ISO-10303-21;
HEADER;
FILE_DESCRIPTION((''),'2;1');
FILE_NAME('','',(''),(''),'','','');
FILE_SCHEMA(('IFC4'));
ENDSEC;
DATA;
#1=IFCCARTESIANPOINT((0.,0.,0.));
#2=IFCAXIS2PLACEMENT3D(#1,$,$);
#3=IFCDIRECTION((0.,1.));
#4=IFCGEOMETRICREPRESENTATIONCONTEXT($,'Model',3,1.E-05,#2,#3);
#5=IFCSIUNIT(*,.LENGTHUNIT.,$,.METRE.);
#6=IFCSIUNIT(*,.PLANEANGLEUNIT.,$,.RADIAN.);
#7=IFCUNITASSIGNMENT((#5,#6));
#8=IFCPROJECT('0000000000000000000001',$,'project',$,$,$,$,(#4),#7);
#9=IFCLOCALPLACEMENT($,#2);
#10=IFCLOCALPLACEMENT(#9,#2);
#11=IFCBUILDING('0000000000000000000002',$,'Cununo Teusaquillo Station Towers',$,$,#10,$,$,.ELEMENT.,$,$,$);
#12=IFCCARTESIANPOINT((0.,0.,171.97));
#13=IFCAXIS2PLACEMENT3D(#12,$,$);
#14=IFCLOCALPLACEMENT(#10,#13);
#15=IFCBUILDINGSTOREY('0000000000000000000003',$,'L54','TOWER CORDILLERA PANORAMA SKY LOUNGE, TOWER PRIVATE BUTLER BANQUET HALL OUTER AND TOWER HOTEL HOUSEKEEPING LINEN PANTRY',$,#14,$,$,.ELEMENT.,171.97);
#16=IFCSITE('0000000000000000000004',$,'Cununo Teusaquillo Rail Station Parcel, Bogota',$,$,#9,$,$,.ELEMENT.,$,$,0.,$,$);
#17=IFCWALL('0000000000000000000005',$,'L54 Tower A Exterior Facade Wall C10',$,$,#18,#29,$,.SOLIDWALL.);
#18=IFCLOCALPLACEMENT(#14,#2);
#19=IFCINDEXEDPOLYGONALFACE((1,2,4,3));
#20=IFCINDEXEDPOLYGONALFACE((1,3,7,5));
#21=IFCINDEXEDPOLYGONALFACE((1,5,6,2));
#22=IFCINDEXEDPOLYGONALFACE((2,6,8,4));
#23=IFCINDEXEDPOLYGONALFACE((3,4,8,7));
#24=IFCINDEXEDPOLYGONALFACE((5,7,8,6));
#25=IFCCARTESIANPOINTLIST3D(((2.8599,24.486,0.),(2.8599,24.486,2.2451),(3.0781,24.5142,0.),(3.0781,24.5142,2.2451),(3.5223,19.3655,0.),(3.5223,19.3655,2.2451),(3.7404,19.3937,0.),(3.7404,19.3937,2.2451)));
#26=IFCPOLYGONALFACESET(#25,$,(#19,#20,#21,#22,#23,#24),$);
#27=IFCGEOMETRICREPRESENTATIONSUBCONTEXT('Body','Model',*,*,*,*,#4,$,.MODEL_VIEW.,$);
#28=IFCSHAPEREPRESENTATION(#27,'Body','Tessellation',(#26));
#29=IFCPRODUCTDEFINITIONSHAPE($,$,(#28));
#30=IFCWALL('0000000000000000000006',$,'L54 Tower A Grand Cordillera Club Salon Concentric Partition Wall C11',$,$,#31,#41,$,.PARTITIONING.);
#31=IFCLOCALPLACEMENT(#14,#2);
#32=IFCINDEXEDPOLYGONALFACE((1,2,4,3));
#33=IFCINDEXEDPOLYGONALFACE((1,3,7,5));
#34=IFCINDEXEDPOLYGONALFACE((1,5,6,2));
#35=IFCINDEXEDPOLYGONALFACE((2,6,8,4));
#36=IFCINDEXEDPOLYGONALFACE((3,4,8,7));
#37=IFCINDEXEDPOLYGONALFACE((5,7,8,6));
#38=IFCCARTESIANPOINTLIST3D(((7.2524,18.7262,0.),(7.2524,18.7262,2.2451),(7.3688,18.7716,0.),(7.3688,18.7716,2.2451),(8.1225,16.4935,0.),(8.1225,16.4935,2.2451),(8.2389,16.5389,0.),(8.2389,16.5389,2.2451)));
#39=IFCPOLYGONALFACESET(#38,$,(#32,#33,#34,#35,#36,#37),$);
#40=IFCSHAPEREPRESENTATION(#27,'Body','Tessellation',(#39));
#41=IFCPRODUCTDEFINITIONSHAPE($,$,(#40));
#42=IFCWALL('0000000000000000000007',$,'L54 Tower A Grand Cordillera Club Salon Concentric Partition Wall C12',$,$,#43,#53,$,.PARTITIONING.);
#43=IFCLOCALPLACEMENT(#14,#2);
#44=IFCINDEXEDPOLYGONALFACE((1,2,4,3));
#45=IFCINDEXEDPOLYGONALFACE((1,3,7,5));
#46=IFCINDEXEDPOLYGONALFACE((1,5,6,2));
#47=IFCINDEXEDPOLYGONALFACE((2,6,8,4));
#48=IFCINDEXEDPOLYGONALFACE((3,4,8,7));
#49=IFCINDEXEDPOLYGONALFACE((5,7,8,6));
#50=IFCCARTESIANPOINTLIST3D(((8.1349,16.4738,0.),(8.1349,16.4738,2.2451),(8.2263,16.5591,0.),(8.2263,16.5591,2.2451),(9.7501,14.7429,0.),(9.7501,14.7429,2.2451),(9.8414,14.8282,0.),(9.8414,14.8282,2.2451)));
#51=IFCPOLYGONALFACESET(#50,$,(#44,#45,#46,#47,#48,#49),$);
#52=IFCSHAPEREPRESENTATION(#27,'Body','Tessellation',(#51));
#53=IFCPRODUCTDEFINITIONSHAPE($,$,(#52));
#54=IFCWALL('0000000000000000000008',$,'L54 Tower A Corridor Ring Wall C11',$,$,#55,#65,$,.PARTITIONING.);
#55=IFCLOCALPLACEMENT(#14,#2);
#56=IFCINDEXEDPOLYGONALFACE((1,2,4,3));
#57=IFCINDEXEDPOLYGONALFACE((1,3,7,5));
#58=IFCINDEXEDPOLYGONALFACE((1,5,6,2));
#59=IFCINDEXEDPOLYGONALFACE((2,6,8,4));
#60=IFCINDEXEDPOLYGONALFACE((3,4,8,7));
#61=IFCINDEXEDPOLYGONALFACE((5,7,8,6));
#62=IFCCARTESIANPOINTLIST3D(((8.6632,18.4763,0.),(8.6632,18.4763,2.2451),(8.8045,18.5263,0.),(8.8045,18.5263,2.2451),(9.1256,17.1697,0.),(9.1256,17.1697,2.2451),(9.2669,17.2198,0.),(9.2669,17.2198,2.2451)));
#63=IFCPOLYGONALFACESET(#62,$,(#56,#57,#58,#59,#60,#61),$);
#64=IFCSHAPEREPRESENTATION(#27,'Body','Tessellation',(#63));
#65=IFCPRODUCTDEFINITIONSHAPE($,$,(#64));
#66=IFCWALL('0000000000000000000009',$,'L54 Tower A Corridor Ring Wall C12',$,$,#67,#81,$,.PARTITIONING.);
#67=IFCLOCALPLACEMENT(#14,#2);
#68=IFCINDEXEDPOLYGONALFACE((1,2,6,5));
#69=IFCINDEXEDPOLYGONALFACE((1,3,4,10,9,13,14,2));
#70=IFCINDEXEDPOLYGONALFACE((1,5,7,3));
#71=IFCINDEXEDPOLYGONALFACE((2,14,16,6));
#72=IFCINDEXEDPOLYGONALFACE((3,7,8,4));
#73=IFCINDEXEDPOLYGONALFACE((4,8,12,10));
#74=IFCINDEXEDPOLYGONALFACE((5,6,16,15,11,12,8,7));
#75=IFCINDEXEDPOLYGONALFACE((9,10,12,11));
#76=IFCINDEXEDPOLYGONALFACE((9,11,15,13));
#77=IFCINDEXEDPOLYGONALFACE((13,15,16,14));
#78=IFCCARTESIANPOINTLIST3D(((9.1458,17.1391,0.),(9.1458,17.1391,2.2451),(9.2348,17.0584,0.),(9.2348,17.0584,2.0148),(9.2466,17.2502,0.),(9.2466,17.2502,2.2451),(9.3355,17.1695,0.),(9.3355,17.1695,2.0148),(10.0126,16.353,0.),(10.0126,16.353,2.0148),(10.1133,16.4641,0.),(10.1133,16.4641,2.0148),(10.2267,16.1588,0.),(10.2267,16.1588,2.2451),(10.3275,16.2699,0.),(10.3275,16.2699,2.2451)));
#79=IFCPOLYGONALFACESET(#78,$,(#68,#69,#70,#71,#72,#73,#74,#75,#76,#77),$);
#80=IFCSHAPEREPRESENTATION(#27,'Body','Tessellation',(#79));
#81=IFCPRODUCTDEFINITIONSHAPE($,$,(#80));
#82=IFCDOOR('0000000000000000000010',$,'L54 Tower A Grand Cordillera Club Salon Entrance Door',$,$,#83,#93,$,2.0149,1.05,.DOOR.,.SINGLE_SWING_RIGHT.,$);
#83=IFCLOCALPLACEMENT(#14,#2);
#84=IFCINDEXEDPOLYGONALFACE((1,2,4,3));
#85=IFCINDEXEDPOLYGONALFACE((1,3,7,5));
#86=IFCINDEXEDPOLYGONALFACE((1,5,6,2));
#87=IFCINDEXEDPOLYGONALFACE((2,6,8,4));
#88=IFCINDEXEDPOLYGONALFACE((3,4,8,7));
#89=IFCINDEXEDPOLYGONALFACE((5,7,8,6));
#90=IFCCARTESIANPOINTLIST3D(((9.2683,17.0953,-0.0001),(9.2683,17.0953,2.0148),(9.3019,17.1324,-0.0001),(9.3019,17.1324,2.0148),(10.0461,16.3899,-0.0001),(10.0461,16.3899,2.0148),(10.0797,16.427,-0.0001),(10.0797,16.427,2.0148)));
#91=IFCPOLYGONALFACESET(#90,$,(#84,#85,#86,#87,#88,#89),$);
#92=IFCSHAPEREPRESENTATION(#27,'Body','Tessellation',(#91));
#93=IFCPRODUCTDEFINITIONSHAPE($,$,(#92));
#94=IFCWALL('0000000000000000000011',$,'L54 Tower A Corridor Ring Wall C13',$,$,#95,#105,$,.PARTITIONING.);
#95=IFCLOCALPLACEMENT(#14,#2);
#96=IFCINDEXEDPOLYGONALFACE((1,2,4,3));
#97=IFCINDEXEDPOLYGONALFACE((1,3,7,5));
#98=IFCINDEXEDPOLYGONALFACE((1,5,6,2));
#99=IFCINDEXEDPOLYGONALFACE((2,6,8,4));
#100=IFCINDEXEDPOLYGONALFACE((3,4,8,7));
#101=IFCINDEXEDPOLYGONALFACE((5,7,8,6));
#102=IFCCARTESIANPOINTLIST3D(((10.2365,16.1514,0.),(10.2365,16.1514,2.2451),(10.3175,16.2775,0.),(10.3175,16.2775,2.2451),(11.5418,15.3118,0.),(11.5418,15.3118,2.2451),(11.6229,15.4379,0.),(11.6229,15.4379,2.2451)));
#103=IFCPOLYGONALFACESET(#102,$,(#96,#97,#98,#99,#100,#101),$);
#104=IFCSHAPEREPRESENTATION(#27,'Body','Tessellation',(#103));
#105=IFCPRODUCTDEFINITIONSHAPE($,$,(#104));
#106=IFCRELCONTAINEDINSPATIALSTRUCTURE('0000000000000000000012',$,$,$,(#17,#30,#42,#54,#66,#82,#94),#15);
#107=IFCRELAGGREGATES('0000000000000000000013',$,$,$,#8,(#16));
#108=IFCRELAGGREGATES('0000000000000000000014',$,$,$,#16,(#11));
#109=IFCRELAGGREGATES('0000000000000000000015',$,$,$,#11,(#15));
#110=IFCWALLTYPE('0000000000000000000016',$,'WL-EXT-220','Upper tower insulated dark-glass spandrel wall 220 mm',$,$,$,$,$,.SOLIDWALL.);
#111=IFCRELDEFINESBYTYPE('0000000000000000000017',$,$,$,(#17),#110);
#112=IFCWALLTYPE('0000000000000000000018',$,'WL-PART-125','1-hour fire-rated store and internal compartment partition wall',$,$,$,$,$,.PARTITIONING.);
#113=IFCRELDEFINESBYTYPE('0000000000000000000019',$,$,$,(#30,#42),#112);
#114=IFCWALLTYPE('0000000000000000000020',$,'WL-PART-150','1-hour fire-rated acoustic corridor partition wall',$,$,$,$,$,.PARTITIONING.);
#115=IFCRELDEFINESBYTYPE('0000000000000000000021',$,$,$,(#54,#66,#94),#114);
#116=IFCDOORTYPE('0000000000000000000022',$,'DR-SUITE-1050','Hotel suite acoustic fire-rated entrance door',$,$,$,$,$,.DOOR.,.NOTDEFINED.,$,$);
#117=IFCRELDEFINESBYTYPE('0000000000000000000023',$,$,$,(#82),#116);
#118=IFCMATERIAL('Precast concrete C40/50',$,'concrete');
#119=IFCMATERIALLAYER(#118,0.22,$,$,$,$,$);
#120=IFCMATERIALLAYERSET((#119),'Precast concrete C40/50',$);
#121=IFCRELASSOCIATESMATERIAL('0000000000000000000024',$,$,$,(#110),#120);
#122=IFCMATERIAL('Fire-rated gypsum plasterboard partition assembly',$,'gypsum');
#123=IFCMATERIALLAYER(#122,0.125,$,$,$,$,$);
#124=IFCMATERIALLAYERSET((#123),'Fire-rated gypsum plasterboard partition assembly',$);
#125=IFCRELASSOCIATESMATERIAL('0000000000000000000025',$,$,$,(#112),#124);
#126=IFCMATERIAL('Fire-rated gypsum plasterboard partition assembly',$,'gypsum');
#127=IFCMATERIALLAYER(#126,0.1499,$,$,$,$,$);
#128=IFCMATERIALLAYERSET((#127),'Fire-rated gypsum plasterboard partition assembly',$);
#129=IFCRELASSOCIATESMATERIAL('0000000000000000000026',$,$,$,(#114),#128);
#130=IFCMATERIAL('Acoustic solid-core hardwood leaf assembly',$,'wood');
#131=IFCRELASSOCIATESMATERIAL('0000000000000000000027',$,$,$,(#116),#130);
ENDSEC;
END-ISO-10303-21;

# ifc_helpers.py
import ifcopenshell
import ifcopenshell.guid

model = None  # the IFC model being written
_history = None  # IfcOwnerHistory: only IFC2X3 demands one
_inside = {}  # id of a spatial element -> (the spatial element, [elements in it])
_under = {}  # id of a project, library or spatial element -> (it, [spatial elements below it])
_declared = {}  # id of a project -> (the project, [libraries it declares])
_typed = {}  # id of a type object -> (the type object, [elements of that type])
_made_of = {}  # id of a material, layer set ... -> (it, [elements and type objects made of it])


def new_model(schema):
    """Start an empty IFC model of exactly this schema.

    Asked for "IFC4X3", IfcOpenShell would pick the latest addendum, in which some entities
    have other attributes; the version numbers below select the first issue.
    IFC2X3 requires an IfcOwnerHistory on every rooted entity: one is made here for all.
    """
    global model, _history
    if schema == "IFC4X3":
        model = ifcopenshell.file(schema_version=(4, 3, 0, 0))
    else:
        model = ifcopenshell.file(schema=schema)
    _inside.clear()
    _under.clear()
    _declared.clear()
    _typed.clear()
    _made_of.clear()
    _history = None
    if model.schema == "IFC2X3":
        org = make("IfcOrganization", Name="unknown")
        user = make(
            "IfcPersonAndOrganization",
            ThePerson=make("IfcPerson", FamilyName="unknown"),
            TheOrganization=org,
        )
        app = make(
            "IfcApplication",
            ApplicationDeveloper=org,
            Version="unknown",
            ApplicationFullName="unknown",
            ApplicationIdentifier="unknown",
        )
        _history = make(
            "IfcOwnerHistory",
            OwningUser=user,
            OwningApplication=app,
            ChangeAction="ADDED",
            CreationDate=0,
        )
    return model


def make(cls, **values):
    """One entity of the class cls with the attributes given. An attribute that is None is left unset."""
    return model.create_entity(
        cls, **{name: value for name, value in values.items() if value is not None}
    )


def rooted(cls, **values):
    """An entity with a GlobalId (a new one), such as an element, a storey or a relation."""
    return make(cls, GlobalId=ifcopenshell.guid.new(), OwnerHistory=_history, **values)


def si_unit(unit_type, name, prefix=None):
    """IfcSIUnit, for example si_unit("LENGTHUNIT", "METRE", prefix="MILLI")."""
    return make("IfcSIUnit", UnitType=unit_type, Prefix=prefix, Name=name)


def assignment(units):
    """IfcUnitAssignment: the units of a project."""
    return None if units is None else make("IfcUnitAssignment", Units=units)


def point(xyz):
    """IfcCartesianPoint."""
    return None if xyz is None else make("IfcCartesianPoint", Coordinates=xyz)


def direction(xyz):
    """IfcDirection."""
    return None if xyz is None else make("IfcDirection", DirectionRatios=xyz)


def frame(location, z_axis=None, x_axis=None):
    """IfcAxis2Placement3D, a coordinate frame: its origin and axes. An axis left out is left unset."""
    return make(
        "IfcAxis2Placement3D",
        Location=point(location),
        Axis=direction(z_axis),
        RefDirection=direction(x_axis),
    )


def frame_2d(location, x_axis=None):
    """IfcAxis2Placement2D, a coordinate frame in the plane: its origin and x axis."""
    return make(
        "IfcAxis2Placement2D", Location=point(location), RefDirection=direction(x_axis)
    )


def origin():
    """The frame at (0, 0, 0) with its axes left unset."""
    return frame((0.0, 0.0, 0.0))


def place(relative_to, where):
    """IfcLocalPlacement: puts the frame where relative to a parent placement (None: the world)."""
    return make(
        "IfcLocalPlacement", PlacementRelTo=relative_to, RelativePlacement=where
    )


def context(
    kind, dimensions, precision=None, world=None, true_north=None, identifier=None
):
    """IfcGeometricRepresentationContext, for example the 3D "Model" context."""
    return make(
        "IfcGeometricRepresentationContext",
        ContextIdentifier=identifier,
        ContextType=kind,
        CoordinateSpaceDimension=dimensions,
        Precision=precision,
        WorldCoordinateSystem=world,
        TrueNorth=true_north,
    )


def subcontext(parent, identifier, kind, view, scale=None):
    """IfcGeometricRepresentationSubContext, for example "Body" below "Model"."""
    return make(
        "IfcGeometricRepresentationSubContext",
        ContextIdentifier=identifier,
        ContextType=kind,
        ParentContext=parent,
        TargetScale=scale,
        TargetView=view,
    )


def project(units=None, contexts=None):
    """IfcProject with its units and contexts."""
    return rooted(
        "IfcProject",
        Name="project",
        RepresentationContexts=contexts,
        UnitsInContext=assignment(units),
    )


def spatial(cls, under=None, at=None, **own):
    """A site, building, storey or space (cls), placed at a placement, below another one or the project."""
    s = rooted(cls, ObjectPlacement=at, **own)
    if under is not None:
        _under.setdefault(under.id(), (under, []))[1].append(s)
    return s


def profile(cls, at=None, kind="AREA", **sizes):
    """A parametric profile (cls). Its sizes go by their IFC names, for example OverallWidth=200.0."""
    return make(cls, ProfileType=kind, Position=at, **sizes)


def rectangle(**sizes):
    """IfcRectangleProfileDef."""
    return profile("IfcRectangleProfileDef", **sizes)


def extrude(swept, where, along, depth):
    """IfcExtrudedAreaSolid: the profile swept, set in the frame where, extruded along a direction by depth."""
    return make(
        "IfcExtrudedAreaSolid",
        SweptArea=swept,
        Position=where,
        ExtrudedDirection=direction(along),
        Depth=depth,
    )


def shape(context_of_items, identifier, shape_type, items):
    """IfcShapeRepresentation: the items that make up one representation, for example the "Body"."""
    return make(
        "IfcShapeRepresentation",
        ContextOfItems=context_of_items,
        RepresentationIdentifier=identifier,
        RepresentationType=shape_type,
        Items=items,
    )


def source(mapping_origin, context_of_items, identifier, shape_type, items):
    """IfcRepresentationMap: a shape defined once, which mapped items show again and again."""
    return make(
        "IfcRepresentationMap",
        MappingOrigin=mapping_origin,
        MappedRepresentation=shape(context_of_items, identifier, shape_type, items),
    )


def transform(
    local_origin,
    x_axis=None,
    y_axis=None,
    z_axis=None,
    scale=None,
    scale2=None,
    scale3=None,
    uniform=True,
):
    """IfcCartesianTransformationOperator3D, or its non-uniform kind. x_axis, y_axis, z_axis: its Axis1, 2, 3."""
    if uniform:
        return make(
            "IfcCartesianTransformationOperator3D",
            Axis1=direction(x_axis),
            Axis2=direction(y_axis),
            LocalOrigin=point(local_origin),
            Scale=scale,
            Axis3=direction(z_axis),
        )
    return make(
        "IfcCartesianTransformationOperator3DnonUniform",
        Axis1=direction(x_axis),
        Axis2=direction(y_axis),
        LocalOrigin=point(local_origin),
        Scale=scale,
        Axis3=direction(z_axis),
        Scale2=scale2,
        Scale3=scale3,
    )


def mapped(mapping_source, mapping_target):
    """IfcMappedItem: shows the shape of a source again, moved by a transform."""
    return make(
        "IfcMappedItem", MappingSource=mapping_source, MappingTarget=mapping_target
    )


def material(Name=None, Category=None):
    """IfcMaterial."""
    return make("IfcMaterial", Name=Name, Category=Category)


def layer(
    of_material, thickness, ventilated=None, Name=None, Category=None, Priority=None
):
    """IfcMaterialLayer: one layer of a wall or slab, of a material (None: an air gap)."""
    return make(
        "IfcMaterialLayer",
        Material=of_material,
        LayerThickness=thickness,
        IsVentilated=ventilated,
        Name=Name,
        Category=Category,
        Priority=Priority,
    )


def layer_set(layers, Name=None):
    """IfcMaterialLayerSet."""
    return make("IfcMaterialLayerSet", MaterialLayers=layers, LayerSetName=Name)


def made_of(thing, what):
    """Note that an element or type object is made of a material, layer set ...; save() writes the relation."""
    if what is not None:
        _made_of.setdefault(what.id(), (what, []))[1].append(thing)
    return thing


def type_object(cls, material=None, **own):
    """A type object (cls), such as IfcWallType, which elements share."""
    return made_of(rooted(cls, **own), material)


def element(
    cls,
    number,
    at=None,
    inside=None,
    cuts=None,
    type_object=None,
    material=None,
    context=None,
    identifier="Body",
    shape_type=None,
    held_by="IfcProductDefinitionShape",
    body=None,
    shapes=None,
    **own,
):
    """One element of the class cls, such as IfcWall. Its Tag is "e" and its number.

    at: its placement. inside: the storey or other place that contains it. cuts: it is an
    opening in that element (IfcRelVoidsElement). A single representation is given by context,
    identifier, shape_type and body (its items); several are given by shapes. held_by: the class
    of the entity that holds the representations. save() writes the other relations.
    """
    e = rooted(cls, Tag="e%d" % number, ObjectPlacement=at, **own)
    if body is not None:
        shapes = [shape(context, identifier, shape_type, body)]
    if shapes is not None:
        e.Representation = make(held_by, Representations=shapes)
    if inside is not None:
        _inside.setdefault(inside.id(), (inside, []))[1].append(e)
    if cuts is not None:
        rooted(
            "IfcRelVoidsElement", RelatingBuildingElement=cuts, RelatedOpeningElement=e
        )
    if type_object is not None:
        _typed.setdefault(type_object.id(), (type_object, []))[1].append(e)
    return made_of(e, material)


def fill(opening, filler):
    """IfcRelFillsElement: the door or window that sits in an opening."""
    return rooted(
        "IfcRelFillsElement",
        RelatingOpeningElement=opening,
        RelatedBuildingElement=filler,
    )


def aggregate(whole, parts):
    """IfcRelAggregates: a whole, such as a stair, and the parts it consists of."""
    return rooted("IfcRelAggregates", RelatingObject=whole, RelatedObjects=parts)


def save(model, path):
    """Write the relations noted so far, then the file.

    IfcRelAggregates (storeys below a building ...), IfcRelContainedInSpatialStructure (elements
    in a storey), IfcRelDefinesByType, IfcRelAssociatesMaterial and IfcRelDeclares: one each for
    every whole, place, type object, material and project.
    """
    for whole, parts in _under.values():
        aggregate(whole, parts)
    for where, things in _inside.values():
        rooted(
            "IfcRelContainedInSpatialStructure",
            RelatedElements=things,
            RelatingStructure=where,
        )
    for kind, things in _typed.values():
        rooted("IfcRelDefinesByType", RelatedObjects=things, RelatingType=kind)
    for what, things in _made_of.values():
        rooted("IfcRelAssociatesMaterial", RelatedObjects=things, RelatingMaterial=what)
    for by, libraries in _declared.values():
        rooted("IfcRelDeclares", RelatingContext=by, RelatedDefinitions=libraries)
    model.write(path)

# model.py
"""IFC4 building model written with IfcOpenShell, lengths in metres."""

from ifc_helpers import new_model, si_unit, direction, frame, frame_2d, origin, place, context, subcontext, project, spatial, rectangle, extrude, source, transform, mapped, material, layer, layer_set, type_object, element, fill, save


model = new_model("IFC4")

# Units and contexts
model_context = context("Model", 3, precision=1e-05, world=origin(), true_north=direction((0.0, 1.0)))
body_context = subcontext(model_context, "Body", "Model", "MODEL_VIEW")
ifc_project = project(units=[si_unit("LENGTHUNIT", "METRE"), si_unit("PLANEANGLEUNIT", "RADIAN")], contexts=[model_context])

# Site, building, storey
site_placement = place(None, origin())
site = spatial("IfcSite", under=ifc_project, at=site_placement, Name="Cununo Teusaquillo Rail Station Parcel, Bogota", CompositionType="ELEMENT", RefElevation=0.0)
building_placement = place(site_placement, origin())
building = spatial("IfcBuilding", under=site, at=building_placement, Name="Cununo Teusaquillo Station Towers", CompositionType="ELEMENT")
storey_placement = place(building_placement, frame((0.0, 0.0, 171.97)))
storey = spatial("IfcBuildingStorey", under=building, at=storey_placement, Name="L54", Description="TOWER CORDILLERA PANORAMA SKY LOUNGE, TOWER PRIVATE BUTLER BANQUET HALL OUTER AND TOWER HOTEL HOUSEKEEPING LINEN PANTRY", CompositionType="ELEMENT", Elevation=171.97)

# Walls
ifc_material_1 = material(Name="Precast concrete C40/50", Category="concrete")
ifc_layer_1 = layer(ifc_material_1, 0.22)
ifc_layer_set_1 = layer_set([ifc_layer_1], Name="Precast concrete C40/50")
wall_type_1 = type_object("IfcWallType", Name="WL-EXT-220", Description="Upper tower insulated dark-glass spandrel wall 220 mm", PredefinedType="SOLIDWALL", material=ifc_layer_set_1)
wall_1_placement = place(storey_placement, frame((3.6313, 19.3796, 0.0), z_axis=(0.0, 0.0, 1.0), x_axis=(-0.128288, 0.991737, 0.0)))
element("IfcWall", 1, at=wall_1_placement, inside=storey, type_object=wall_type_1, Name="L54 Tower A Exterior Facade Wall C10", PredefinedType="SOLIDWALL", context=body_context, shape_type="SweptSolid", body=[
    extrude(rectangle(XDim=5.1631, YDim=0.22, at=frame_2d((2.5815, 0.0))), origin(), (0.0, 0.0, 1.0), 2.2451),
])
ifc_material_2 = material(Name="Fire-rated gypsum plasterboard partition assembly", Category="gypsum")
ifc_layer_2 = layer(ifc_material_2, 0.125)
ifc_layer_set_2 = layer_set([ifc_layer_2], Name="Fire-rated gypsum plasterboard partition assembly")
wall_type_2 = type_object("IfcWallType", Name="WL-PART-125", Description="1-hour fire-rated store and internal compartment partition wall", PredefinedType="PARTITIONING", material=ifc_layer_set_2)
wall_2_placement = place(storey_placement, frame((7.3105, 18.749, 0.0), z_axis=(0.0, 0.0, 1.0), x_axis=(0.36312, -0.931742, 0.0)))
element("IfcWall", 2, at=wall_2_placement, inside=storey, type_object=wall_type_2, Name="L54 Tower A Grand Cordillera Club Salon Concentric Partition Wall C11", PredefinedType="PARTITIONING", context=body_context, shape_type="SweptSolid", body=[
    extrude(rectangle(XDim=2.3962, YDim=0.125, at=frame_2d((1.1982, 0.0))), origin(), (0.0, 0.0, 1.0), 2.2451),
])
wall_3_placement = place(storey_placement, frame((8.1807, 16.5164, 0.0), z_axis=(0.0, 0.0, 1.0), x_axis=(0.682245, -0.731124, 0.0)))
element("IfcWall", 3, at=wall_3_placement, inside=storey, type_object=wall_type_2, Name="L54 Tower A Grand Cordillera Club Salon Concentric Partition Wall C12", PredefinedType="PARTITIONING", context=body_context, shape_type="SweptSolid", body=[
    extrude(rectangle(XDim=2.3674, YDim=0.125, at=frame_2d((1.1836, 0.0))), origin(), (0.0, 0.0, 1.0), 2.2451),
])
ifc_material_3 = material(Name="Fire-rated gypsum plasterboard partition assembly", Category="gypsum")
ifc_layer_3 = layer(ifc_material_3, 0.1499)
ifc_layer_set_3 = layer_set([ifc_layer_3], Name="Fire-rated gypsum plasterboard partition assembly")
wall_type_3 = type_object("IfcWallType", Name="WL-PART-150", Description="1-hour fire-rated acoustic corridor partition wall", PredefinedType="PARTITIONING", material=ifc_layer_set_3)
wall_4_placement = place(storey_placement, frame((8.7339, 18.5012, 0.0), z_axis=(0.0, 0.0, 1.0), x_axis=(0.333612, -0.94271, 0.0)))
element("IfcWall", 4, at=wall_4_placement, inside=storey, type_object=wall_type_3, Name="L54 Tower A Corridor Ring Wall C11", PredefinedType="PARTITIONING", context=body_context, shape_type="SweptSolid", body=[
    extrude(rectangle(XDim=1.386, YDim=0.1499, at=frame_2d((0.6929, 0.0))), origin(), (0.0, 0.0, 1.0), 2.2451),
])

# Wall, opening, door
wall_5_placement = place(storey_placement, frame((9.1963, 17.1946, 0.0), z_axis=(0.0, 0.0, 1.0), x_axis=(0.740735, -0.671798, 0.0)))
wall_5 = element("IfcWall", 5, at=wall_5_placement, inside=storey, type_object=wall_type_3, Name="L54 Tower A Corridor Ring Wall C12", PredefinedType="PARTITIONING", context=body_context, shape_type="SweptSolid", body=[
    extrude(rectangle(XDim=1.4592, YDim=0.1499, at=frame_2d((0.7295, 0.0))), origin(), (0.0, 0.0, 1.0), 2.2451),
])
shared_shape_1 = source(origin(), body_context, "Body", "SweptSolid", [
    extrude(rectangle(XDim=1.05, YDim=2.0149, at=frame_2d((0.5249, 1.0073))), frame((0.0, 0.085, 0.0), z_axis=(0.0, -1.0, 0.0), x_axis=(1.0, 0.0, 0.0)), (0.0, 0.0, 1.0), 0.1699),
])
opening_1_placement = place(wall_5_placement, frame((0.1201, 0.0, 0.0)))
opening_1 = element("IfcOpeningElement", 6, at=opening_1_placement, cuts=wall_5, PredefinedType="OPENING", context=body_context, shape_type="MappedRepresentation", body=[
    mapped(shared_shape_1, transform((0.0, 0.0, 0.0), x_axis=(1.0, 0.0, 0.0), y_axis=(0.0, 1.0, 0.0), z_axis=(0.0, 0.0, 1.0), scale=1.0)),
])
ifc_material_4 = material(Name="Acoustic solid-core hardwood leaf assembly", Category="wood")
door_type_1 = type_object("IfcDoorType", Name="DR-SUITE-1050", Description="Hotel suite acoustic fire-rated entrance door", OperationType="NOTDEFINED", PredefinedType="DOOR", material=ifc_material_4)
shared_shape_2 = source(origin(), body_context, "Body", "SweptSolid", [
    extrude(rectangle(XDim=1.05, YDim=2.0149, at=frame_2d((0.5249, 1.0073))), frame((0.0, 0.0249, 0.0), z_axis=(0.0, -1.0, 0.0), x_axis=(1.0, 0.0, 0.0)), (0.0, 0.0, 1.0), 0.05),
])
door_1_placement = place(opening_1_placement, origin())
door_1 = element("IfcDoor", 7, at=door_1_placement, inside=storey, type_object=door_type_1, Name="L54 Tower A Grand Cordillera Club Salon Entrance Door", OperationType="SINGLE_SWING_RIGHT", OverallHeight=2.0149, OverallWidth=1.05, PredefinedType="DOOR", context=body_context, shape_type="MappedRepresentation", body=[
    mapped(shared_shape_2, transform((0.0, 0.0, 0.0), x_axis=(1.0, 0.0, 0.0), y_axis=(0.0, 1.0, 0.0), z_axis=(0.0, 0.0, 1.0), scale=1.0)),
])
fill(opening_1, door_1)

# Wall
wall_6_placement = place(storey_placement, frame((10.2771, 16.2144, 0.0), z_axis=(0.0, 0.0, 1.0), x_axis=(0.841061, -0.54094, 0.0)))
element("IfcWall", 8, at=wall_6_placement, inside=storey, type_object=wall_type_3, Name="L54 Tower A Corridor Ring Wall C13", PredefinedType="PARTITIONING", context=body_context, shape_type="SweptSolid", body=[
    extrude(rectangle(XDim=1.552, YDim=0.1499, at=frame_2d((0.7759, 0.0))), origin(), (0.0, 0.0, 1.0), 2.2451),
])

save(model, "model.ifc")
